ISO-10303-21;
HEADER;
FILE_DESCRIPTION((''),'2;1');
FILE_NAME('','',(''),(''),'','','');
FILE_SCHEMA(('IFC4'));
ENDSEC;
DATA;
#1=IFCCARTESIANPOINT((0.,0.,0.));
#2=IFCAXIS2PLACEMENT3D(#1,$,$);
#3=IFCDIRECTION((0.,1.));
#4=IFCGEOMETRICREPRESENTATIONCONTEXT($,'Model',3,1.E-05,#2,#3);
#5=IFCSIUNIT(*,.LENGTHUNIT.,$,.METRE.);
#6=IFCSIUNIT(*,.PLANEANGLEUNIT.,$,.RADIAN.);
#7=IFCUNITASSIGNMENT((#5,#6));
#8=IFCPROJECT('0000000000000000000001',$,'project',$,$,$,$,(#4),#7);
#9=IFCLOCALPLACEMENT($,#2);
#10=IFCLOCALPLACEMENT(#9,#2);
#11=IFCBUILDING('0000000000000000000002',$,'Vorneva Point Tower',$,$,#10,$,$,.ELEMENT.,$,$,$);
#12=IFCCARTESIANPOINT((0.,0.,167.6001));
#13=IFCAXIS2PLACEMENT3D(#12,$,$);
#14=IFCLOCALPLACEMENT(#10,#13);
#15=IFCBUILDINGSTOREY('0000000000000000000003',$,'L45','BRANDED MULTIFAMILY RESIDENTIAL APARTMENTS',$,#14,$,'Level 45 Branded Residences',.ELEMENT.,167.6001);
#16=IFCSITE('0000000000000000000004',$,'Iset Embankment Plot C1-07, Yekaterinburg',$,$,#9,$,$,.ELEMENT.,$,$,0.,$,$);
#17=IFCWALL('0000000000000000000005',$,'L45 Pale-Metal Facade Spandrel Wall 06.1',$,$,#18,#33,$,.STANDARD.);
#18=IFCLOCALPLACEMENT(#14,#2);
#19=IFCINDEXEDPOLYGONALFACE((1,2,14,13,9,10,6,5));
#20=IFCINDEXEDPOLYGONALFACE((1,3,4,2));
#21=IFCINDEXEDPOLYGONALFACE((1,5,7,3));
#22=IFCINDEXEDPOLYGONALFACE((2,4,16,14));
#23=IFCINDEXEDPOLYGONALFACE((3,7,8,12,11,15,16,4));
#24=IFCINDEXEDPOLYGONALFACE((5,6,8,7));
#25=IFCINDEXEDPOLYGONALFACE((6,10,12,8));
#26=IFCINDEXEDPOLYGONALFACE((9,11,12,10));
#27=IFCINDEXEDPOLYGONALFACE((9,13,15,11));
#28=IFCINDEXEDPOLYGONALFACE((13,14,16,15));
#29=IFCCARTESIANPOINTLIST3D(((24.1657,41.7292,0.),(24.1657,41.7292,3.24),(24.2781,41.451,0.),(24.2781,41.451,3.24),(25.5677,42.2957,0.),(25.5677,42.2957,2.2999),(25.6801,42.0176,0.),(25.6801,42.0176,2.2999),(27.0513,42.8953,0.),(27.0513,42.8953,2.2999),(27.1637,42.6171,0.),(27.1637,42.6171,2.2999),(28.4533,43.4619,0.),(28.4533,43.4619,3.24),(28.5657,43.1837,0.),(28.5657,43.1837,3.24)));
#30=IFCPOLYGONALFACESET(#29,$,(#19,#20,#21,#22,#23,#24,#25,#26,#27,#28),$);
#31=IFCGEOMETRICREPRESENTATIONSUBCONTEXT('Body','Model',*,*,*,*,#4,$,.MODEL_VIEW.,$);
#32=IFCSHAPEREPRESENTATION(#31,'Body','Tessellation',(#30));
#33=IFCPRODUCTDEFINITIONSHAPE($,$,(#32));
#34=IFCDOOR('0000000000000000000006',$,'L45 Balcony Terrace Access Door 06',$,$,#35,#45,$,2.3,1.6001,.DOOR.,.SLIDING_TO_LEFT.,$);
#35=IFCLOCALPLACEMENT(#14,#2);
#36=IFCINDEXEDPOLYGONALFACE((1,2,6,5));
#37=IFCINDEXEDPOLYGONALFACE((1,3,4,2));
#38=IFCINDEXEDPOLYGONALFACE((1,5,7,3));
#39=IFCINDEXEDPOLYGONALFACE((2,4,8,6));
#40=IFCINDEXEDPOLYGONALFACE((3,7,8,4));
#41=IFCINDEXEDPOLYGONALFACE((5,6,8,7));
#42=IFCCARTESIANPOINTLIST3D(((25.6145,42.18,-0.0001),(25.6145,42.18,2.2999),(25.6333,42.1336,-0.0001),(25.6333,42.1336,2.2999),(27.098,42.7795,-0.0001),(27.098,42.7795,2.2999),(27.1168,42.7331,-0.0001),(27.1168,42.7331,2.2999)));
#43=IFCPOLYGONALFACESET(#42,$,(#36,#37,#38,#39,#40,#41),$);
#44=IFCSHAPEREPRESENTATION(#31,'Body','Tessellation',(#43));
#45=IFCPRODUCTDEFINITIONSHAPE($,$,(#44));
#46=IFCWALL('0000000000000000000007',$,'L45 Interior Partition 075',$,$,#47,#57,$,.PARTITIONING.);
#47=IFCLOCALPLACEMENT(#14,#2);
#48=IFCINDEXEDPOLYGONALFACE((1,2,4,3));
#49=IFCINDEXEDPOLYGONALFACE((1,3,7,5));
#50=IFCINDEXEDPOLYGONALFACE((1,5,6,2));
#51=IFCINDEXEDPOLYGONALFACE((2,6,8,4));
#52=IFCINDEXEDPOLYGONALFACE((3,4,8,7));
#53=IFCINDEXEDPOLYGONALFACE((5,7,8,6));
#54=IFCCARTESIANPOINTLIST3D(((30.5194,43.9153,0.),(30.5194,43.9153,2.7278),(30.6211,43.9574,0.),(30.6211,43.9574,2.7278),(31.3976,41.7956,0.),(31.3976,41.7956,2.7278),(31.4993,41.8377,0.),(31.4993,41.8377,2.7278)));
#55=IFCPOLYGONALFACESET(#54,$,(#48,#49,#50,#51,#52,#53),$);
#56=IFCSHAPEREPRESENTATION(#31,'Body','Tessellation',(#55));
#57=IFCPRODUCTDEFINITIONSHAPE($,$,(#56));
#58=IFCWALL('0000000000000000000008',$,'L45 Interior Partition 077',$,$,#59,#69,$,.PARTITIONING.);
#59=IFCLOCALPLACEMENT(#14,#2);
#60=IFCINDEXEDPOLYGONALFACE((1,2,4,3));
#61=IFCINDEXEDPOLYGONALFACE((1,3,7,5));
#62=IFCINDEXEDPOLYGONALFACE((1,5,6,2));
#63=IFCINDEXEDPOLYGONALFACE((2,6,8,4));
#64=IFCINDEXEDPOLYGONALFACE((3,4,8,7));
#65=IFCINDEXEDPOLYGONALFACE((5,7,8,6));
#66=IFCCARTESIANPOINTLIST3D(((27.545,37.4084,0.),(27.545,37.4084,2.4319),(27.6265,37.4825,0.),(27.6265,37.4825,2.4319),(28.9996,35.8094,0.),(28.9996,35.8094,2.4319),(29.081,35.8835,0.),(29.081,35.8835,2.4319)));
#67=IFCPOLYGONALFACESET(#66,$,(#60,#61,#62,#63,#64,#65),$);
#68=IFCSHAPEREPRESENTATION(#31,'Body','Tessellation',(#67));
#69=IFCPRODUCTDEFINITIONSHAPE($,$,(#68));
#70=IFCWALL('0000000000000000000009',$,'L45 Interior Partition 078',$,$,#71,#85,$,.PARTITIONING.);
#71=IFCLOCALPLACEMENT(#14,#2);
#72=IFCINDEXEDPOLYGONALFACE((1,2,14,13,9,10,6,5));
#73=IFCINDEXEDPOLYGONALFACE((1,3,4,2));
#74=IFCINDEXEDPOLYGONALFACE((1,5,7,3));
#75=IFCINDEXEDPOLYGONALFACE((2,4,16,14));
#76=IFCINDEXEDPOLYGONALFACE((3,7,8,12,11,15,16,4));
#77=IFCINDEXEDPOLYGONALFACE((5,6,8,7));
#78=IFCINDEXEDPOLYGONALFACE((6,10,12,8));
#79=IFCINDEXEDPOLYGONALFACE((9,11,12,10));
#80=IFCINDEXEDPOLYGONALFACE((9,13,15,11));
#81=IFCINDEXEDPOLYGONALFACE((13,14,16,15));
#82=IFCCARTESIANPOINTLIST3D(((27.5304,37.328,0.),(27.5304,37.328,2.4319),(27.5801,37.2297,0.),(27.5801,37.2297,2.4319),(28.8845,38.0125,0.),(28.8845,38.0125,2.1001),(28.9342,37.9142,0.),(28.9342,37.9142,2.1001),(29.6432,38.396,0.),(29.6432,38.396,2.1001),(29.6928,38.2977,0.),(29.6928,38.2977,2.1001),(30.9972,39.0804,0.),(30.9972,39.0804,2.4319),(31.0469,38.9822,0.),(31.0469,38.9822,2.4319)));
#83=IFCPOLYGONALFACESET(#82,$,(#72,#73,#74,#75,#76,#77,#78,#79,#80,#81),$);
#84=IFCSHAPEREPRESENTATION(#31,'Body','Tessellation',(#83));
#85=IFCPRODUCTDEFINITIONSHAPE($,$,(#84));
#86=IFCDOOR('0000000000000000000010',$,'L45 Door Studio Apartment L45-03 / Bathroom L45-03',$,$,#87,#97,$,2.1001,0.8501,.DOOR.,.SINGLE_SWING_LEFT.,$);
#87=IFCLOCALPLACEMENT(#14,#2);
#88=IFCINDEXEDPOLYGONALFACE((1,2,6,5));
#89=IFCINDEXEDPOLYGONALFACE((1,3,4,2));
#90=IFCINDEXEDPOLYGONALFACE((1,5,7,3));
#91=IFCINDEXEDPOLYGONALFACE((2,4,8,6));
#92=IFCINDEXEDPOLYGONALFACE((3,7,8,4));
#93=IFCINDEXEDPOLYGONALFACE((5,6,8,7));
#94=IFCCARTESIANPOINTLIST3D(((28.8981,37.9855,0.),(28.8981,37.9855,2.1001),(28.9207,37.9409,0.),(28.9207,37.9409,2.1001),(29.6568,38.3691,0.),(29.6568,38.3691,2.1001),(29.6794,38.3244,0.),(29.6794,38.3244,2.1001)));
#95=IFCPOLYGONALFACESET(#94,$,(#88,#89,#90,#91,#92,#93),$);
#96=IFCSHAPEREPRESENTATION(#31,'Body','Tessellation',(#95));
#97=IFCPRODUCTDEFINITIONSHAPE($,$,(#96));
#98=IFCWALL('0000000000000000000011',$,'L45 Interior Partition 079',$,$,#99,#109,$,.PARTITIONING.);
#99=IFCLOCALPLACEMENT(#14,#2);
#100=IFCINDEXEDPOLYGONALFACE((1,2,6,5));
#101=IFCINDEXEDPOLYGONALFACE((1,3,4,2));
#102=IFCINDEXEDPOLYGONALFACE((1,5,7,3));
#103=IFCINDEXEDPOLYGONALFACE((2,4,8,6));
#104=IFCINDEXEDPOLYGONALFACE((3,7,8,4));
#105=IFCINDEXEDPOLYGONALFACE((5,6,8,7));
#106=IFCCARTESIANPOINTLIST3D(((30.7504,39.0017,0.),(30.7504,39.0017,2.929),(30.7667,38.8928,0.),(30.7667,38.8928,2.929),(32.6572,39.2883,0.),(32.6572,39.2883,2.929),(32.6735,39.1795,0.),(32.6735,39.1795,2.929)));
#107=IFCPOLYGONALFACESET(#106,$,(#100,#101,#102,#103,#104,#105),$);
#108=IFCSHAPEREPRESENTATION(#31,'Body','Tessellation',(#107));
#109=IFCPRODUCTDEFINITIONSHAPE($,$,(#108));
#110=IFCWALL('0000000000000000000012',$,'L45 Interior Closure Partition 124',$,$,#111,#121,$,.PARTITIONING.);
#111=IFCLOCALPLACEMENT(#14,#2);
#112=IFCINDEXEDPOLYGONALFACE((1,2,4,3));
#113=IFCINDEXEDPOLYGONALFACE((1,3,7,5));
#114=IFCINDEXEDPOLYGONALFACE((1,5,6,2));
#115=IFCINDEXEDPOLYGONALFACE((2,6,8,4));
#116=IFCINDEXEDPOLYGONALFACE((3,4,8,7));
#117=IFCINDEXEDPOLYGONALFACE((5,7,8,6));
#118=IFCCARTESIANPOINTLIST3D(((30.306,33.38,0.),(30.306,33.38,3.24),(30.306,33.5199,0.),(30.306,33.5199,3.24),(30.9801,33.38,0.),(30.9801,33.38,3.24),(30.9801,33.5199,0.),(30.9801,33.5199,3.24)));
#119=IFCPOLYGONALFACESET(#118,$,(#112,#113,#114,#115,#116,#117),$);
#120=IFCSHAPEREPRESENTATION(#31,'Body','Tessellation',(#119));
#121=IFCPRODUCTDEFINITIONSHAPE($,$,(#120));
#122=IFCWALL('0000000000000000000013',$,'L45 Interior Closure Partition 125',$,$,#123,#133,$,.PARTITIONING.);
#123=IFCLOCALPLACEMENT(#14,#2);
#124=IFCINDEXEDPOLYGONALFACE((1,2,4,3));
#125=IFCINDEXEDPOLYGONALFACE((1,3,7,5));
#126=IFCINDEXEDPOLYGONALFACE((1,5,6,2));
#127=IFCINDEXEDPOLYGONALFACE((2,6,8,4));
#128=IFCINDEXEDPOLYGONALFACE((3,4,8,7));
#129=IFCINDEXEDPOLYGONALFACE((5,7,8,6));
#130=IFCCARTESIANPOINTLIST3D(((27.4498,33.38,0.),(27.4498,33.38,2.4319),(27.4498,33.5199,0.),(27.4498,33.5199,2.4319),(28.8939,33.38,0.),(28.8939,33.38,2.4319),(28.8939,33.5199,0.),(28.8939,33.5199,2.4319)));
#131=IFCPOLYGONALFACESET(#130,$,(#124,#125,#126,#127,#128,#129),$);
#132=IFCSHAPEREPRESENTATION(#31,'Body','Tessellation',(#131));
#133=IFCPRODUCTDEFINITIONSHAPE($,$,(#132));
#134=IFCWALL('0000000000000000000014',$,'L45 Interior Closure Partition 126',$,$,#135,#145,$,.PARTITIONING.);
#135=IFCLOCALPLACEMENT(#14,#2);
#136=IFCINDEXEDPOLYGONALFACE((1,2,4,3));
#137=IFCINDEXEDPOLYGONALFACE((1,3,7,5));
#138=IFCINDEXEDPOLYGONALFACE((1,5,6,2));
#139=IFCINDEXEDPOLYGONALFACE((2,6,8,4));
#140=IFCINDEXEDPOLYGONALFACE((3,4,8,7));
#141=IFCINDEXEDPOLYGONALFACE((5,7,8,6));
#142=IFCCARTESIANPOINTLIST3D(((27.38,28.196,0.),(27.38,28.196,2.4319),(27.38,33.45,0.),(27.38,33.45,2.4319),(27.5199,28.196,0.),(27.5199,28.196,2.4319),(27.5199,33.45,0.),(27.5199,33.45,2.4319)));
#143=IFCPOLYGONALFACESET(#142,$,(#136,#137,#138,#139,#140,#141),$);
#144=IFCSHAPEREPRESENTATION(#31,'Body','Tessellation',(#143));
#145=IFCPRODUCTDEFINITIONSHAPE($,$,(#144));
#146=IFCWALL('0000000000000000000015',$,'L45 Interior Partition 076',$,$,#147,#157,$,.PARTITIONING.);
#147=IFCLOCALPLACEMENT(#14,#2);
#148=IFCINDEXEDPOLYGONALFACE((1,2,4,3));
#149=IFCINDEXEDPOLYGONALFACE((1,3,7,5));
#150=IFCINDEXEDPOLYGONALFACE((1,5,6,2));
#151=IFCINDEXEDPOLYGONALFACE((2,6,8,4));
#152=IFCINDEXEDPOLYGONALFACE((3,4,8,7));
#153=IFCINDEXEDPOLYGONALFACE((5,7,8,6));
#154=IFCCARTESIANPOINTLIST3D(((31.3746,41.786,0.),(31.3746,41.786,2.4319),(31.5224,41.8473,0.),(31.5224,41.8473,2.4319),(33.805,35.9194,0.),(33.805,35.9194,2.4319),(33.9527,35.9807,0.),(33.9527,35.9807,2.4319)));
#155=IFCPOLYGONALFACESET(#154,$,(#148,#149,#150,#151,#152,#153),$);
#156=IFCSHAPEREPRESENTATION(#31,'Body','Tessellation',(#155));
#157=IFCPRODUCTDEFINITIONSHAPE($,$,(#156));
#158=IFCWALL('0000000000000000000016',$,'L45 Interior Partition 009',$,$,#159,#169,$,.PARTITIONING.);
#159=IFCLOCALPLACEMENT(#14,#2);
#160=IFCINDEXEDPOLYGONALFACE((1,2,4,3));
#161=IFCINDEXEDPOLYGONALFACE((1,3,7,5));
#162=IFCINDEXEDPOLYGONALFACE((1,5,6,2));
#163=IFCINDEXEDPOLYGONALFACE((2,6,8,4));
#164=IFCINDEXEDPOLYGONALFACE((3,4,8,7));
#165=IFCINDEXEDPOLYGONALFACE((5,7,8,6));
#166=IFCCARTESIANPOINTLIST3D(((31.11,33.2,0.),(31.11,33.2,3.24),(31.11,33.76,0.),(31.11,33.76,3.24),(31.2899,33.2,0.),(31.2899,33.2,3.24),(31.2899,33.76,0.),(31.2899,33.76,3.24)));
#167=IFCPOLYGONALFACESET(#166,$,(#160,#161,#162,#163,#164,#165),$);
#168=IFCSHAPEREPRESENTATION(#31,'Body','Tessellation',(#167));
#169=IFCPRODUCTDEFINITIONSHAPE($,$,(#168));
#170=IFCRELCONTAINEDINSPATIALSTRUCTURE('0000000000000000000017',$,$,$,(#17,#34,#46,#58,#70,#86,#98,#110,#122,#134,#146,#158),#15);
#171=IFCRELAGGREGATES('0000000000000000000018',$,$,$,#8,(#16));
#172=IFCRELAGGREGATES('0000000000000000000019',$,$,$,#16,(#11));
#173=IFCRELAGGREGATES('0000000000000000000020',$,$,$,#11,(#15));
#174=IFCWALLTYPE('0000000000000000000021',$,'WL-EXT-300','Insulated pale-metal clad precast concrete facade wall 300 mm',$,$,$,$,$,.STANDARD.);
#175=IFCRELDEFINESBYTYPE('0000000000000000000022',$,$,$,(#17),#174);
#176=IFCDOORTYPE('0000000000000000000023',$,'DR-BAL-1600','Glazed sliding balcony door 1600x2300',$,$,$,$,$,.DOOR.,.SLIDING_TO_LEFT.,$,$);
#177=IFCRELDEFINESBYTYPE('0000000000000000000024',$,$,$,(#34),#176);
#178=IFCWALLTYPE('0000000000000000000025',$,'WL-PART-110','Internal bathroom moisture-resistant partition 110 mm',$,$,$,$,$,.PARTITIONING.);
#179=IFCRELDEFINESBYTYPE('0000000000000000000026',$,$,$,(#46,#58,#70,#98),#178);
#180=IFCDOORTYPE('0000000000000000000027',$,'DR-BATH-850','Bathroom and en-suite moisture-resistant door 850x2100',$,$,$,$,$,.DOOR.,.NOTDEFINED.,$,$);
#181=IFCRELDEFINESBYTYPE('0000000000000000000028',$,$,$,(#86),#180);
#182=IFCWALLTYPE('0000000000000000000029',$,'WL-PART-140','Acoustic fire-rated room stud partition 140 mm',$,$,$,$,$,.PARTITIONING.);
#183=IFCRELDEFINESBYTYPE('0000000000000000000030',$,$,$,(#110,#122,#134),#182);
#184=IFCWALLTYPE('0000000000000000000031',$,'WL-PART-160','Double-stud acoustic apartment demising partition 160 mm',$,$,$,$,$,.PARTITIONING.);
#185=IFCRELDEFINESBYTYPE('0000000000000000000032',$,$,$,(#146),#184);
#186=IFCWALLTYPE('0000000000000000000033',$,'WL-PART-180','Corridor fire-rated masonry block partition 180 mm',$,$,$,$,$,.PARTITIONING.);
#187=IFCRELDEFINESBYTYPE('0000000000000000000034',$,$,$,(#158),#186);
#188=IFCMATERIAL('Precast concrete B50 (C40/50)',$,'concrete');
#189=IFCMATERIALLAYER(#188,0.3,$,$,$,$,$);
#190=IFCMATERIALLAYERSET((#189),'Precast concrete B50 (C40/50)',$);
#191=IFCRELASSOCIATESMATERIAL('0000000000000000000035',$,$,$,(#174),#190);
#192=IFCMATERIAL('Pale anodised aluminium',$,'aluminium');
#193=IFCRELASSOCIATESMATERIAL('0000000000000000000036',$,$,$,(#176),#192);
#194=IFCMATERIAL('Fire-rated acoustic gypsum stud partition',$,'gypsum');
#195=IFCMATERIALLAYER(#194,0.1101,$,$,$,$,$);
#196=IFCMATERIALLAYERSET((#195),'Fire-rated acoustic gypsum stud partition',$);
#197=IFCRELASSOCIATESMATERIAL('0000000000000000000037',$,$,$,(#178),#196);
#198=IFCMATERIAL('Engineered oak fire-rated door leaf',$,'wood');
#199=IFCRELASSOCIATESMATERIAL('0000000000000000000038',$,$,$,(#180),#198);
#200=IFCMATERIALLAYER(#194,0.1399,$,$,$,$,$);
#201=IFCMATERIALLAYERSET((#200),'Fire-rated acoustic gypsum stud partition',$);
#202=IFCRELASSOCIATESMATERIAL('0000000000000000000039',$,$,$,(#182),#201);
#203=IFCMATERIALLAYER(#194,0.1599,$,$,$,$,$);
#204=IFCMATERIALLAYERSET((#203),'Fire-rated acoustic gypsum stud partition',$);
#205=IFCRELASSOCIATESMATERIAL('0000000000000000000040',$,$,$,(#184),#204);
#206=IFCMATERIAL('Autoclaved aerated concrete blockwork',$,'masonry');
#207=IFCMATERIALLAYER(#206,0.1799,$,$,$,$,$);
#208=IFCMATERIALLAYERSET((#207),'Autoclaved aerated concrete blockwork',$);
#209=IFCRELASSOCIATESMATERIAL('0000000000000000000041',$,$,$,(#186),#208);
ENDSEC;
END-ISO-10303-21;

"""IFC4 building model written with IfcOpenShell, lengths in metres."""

from ifc_helpers import new_model, si_unit, direction, frame, frame_2d, origin, place, context, subcontext, project, spatial, rectangle, extrude, material, layer, layer_set, type_object, element, fill, save


model = new_model("IFC4")

# Units and contexts
model_context = context("Model", 3, precision=1e-05, world=origin(), true_north=direction((0.0, 1.0)))
body_context = subcontext(model_context, "Body", "Model", "MODEL_VIEW")
ifc_project = project(units=[si_unit("LENGTHUNIT", "METRE"), si_unit("PLANEANGLEUNIT", "RADIAN")], contexts=[model_context])

# Site, building, storey
site_placement = place(None, origin())
site = spatial("IfcSite", under=ifc_project, at=site_placement, Name="Iset Embankment Plot C1-07, Yekaterinburg", CompositionType="ELEMENT", RefElevation=0.0)
building_placement = place(site_placement, origin())
building = spatial("IfcBuilding", under=site, at=building_placement, Name="Vorneva Point Tower", CompositionType="ELEMENT")
storey_placement = place(building_placement, frame((0.0, 0.0, 167.6001)))
storey = spatial("IfcBuildingStorey", under=building, at=storey_placement, Name="L45", Description="BRANDED MULTIFAMILY RESIDENTIAL APARTMENTS", LongName="Level 45 Branded Residences", CompositionType="ELEMENT", Elevation=167.6001)

# Shared definitions
ifc_material_1 = material(Name="Pale anodised aluminium", Category="aluminium")

# Wall, opening, door
ifc_material_2 = material(Name="Precast concrete B50 (C40/50)", Category="concrete")
ifc_layer_1 = layer(ifc_material_2, 0.3)
ifc_layer_set_1 = layer_set([ifc_layer_1], Name="Precast concrete B50 (C40/50)")
wall_type_1 = type_object("IfcWallType", Name="WL-EXT-300", Description="Insulated pale-metal clad precast concrete facade wall 300 mm", PredefinedType="STANDARD", material=ifc_layer_set_1)
wall_1_placement = place(storey_placement, frame((28.5095, 43.3228, 0.0), z_axis=(0.0, 0.0, 1.0), x_axis=(-0.927157, -0.374674, 0.0)))
wall_1 = element("IfcWall", 1, at=wall_1_placement, inside=storey, type_object=wall_type_1, Name="L45 Pale-Metal Facade Spandrel Wall 06.1", PredefinedType="STANDARD", context=body_context, shape_type="SweptSolid", body=[
    extrude(rectangle(XDim=4.6245, YDim=0.3, at=frame_2d((2.3123, 0.0))), origin(), (0.0, 0.0, 1.0), 3.24),
])
opening_1_placement = place(wall_1_placement, frame((1.5122, 0.0, 0.0)))
opening_1 = element("IfcOpeningElement", 2, at=opening_1_placement, cuts=wall_1, PredefinedType="OPENING", context=body_context, shape_type="SweptSolid", body=[
    extrude(rectangle(XDim=1.6001, YDim=2.3, at=frame_2d((0.8, 1.1499))), frame((0.0, 0.165, 0.0), z_axis=(0.0, -1.0, 0.0), x_axis=(1.0, 0.0, 0.0)), (0.0, 0.0, 1.0), 0.3298),
])
door_type_1 = type_object("IfcDoorType", Name="DR-BAL-1600", Description="Glazed sliding balcony door 1600x2300", OperationType="SLIDING_TO_LEFT", PredefinedType="DOOR", material=ifc_material_1)
door_1_placement = place(opening_1_placement, origin())
door_1 = element("IfcDoor", 3, at=door_1_placement, inside=storey, type_object=door_type_1, Name="L45 Balcony Terrace Access Door 06", OperationType="SLIDING_TO_LEFT", OverallHeight=2.3, OverallWidth=1.6001, PredefinedType="DOOR", context=body_context, shape_type="SweptSolid", body=[
    extrude(rectangle(XDim=1.6001, YDim=2.3, at=frame_2d((0.8, 1.1499))), frame((0.0, 0.0249, 0.0), z_axis=(0.0, -1.0, 0.0), x_axis=(1.0, 0.0, 0.0)), (0.0, 0.0, 1.0), 0.05),
])
fill(opening_1, door_1)

# Walls
ifc_material_3 = material(Name="Fire-rated acoustic gypsum stud partition", Category="gypsum")
ifc_layer_2 = layer(ifc_material_3, 0.1101)
ifc_layer_set_2 = layer_set([ifc_layer_2], Name="Fire-rated acoustic gypsum stud partition")
wall_type_2 = type_object("IfcWallType", Name="WL-PART-110", Description="Internal bathroom moisture-resistant partition 110 mm", PredefinedType="PARTITIONING", material=ifc_layer_set_2)
wall_2_placement = place(storey_placement, frame((31.4485, 41.8167, 0.0), z_axis=(0.0, 0.0, 1.0), x_axis=(-0.382756, 0.92385, 0.0)))
element("IfcWall", 4, at=wall_2_placement, inside=storey, type_object=wall_type_2, Name="L45 Interior Partition 075", PredefinedType="PARTITIONING", context=body_context, shape_type="SweptSolid", body=[
    extrude(rectangle(XDim=2.2944, YDim=0.1101, at=frame_2d((1.1472, 0.0))), origin(), (0.0, 0.0, 1.0), 2.7278),
])
wall_3_placement = place(storey_placement, frame((29.0403, 35.8464, 0.0), z_axis=(0.0, 0.0, 1.0), x_axis=(-0.672886, 0.739746, 0.0)))
element("IfcWall", 5, at=wall_3_placement, inside=storey, type_object=wall_type_2, Name="L45 Interior Partition 077", PredefinedType="PARTITIONING", context=body_context, shape_type="SweptSolid", body=[
    extrude(rectangle(XDim=2.1616, YDim=0.1101, at=frame_2d((1.0808, 0.0))), origin(), (0.0, 0.0, 1.0), 2.4319),
])

# Wall, opening, door
wall_4_placement = place(storey_placement, frame((27.5552, 37.2788, 0.0), z_axis=(0.0, 0.0, 1.0), x_axis=(0.892458, 0.451131, 0.0)))
wall_4 = element("IfcWall", 6, at=wall_4_placement, inside=storey, type_object=wall_type_2, Name="L45 Interior Partition 078", PredefinedType="PARTITIONING", context=body_context, shape_type="SweptSolid", body=[
    extrude(rectangle(XDim=3.8845, YDim=0.1101, at=frame_2d((1.9424, 0.0))), origin(), (0.0, 0.0, 1.0), 2.4319),
])
opening_2_placement = place(wall_4_placement, frame((1.5173, 0.0, 0.0)))
opening_2 = element("IfcOpeningElement", 7, at=opening_2_placement, cuts=wall_4, PredefinedType="OPENING", context=body_context, shape_type="SweptSolid", body=[
    extrude(rectangle(XDim=0.8501, YDim=2.1001, at=frame_2d((0.425, 1.05))), frame((0.0, 0.0698, 0.0), z_axis=(0.0, -1.0, 0.0), x_axis=(1.0, 0.0, 0.0)), (0.0, 0.0, 1.0), 0.1399),
])
ifc_material_4 = material(Name="Engineered oak fire-rated door leaf", Category="wood")
door_type_2 = type_object("IfcDoorType", Name="DR-BATH-850", Description="Bathroom and en-suite moisture-resistant door 850x2100", OperationType="NOTDEFINED", PredefinedType="DOOR", material=ifc_material_4)
door_2_placement = place(opening_2_placement, origin())
door_2 = element("IfcDoor", 8, at=door_2_placement, inside=storey, type_object=door_type_2, Name="L45 Door Studio Apartment L45-03 / Bathroom L45-03", OperationType="SINGLE_SWING_LEFT", OverallHeight=2.1001, OverallWidth=0.8501, PredefinedType="DOOR", context=body_context, shape_type="SweptSolid", body=[
    extrude(rectangle(XDim=0.8501, YDim=2.1001, at=frame_2d((0.425, 1.05))), frame((0.0, 0.0249, 0.0), z_axis=(0.0, -1.0, 0.0), x_axis=(1.0, 0.0, 0.0)), (0.0, 0.0, 1.0), 0.05),
])
fill(opening_2, door_2)

# Walls
wall_5_placement = place(storey_placement, frame((30.7585, 38.9473, 0.0), z_axis=(0.0, 0.0, 1.0), x_axis=(0.98889, 0.14865, 0.0)))
element("IfcWall", 9, at=wall_5_placement, inside=storey, type_object=wall_type_2, Name="L45 Interior Partition 079", PredefinedType="PARTITIONING", context=body_context, shape_type="SweptSolid", body=[
    extrude(rectangle(XDim=1.9282, YDim=0.1101, at=frame_2d((0.9641, 0.0))), origin(), (0.0, 0.0, 1.0), 2.929),
])
ifc_layer_3 = layer(ifc_material_3, 0.1399)
ifc_layer_set_3 = layer_set([ifc_layer_3], Name="Fire-rated acoustic gypsum stud partition")
wall_type_3 = type_object("IfcWallType", Name="WL-PART-140", Description="Acoustic fire-rated room stud partition 140 mm", PredefinedType="PARTITIONING", material=ifc_layer_set_3)
wall_6_placement = place(storey_placement, frame((30.98, 33.45, 0.0), z_axis=(0.0, 0.0, 1.0), x_axis=(-1.0, 0.0, 0.0)))
element("IfcWall", 10, at=wall_6_placement, inside=storey, type_object=wall_type_3, Name="L45 Interior Closure Partition 124", PredefinedType="PARTITIONING", context=body_context, shape_type="SweptSolid", body=[
    extrude(rectangle(XDim=0.6741, YDim=0.1399, at=frame_2d((0.3369, 0.0))), origin(), (0.0, 0.0, 1.0), 3.24),
])
wall_7_placement = place(storey_placement, frame((28.894, 33.45, 0.0), z_axis=(0.0, 0.0, 1.0), x_axis=(-1.0, 0.0, 0.0)))
element("IfcWall", 11, at=wall_7_placement, inside=storey, type_object=wall_type_3, Name="L45 Interior Closure Partition 125", PredefinedType="PARTITIONING", context=body_context, shape_type="SweptSolid", body=[
    extrude(rectangle(XDim=1.4441, YDim=0.1399, at=frame_2d((0.7222, 0.0))), origin(), (0.0, 0.0, 1.0), 2.4319),
])
wall_8_placement = place(storey_placement, frame((27.45, 33.45, 0.0), z_axis=(0.0, 0.0, 1.0), x_axis=(0.0, -1.0, 0.0)))
element("IfcWall", 12, at=wall_8_placement, inside=storey, type_object=wall_type_3, Name="L45 Interior Closure Partition 126", PredefinedType="PARTITIONING", context=body_context, shape_type="SweptSolid", body=[
    extrude(rectangle(XDim=5.2539, YDim=0.1399, at=frame_2d((2.627, 0.0))), origin(), (0.0, 0.0, 1.0), 2.4319),
])
ifc_layer_4 = layer(ifc_material_3, 0.1599)
ifc_layer_set_4 = layer_set([ifc_layer_4], Name="Fire-rated acoustic gypsum stud partition")
wall_type_4 = type_object("IfcWallType", Name="WL-PART-160", Description="Double-stud acoustic apartment demising partition 160 mm", PredefinedType="PARTITIONING", material=ifc_layer_set_4)
wall_9_placement = place(storey_placement, frame((31.4485, 41.8167, 0.0), z_axis=(0.0, 0.0, 1.0), x_axis=(0.382731, -0.92386, 0.0)))
element("IfcWall", 13, at=wall_9_placement, inside=storey, type_object=wall_type_4, Name="L45 Interior Partition 076", PredefinedType="PARTITIONING", context=body_context, shape_type="SweptSolid", body=[
    extrude(rectangle(XDim=6.3501, YDim=0.1599, at=frame_2d((3.175, 0.0))), origin(), (0.0, 0.0, 1.0), 2.4319),
])

# Shared definitions
ifc_material_5 = material(Name="Autoclaved aerated concrete blockwork", Category="masonry")
ifc_layer_5 = layer(ifc_material_5, 0.1799)
ifc_layer_set_5 = layer_set([ifc_layer_5], Name="Autoclaved aerated concrete blockwork")
wall_type_5 = type_object("IfcWallType", Name="WL-PART-180", Description="Corridor fire-rated masonry block partition 180 mm", PredefinedType="PARTITIONING", material=ifc_layer_set_5)

# Wall
wall_10_placement = place(storey_placement, frame((31.2, 33.76, 0.0), z_axis=(0.0, 0.0, 1.0), x_axis=(0.0, -1.0, 0.0)))
element("IfcWall", 14, at=wall_10_placement, inside=storey, type_object=wall_type_5, Name="L45 Interior Partition 009", PredefinedType="PARTITIONING", context=body_context, shape_type="SweptSolid", body=[
    extrude(rectangle(XDim=0.5601, YDim=0.1799, at=frame_2d((0.28, 0.0))), origin(), (0.0, 0.0, 1.0), 3.24),
])

save(model, "model.ifc")
